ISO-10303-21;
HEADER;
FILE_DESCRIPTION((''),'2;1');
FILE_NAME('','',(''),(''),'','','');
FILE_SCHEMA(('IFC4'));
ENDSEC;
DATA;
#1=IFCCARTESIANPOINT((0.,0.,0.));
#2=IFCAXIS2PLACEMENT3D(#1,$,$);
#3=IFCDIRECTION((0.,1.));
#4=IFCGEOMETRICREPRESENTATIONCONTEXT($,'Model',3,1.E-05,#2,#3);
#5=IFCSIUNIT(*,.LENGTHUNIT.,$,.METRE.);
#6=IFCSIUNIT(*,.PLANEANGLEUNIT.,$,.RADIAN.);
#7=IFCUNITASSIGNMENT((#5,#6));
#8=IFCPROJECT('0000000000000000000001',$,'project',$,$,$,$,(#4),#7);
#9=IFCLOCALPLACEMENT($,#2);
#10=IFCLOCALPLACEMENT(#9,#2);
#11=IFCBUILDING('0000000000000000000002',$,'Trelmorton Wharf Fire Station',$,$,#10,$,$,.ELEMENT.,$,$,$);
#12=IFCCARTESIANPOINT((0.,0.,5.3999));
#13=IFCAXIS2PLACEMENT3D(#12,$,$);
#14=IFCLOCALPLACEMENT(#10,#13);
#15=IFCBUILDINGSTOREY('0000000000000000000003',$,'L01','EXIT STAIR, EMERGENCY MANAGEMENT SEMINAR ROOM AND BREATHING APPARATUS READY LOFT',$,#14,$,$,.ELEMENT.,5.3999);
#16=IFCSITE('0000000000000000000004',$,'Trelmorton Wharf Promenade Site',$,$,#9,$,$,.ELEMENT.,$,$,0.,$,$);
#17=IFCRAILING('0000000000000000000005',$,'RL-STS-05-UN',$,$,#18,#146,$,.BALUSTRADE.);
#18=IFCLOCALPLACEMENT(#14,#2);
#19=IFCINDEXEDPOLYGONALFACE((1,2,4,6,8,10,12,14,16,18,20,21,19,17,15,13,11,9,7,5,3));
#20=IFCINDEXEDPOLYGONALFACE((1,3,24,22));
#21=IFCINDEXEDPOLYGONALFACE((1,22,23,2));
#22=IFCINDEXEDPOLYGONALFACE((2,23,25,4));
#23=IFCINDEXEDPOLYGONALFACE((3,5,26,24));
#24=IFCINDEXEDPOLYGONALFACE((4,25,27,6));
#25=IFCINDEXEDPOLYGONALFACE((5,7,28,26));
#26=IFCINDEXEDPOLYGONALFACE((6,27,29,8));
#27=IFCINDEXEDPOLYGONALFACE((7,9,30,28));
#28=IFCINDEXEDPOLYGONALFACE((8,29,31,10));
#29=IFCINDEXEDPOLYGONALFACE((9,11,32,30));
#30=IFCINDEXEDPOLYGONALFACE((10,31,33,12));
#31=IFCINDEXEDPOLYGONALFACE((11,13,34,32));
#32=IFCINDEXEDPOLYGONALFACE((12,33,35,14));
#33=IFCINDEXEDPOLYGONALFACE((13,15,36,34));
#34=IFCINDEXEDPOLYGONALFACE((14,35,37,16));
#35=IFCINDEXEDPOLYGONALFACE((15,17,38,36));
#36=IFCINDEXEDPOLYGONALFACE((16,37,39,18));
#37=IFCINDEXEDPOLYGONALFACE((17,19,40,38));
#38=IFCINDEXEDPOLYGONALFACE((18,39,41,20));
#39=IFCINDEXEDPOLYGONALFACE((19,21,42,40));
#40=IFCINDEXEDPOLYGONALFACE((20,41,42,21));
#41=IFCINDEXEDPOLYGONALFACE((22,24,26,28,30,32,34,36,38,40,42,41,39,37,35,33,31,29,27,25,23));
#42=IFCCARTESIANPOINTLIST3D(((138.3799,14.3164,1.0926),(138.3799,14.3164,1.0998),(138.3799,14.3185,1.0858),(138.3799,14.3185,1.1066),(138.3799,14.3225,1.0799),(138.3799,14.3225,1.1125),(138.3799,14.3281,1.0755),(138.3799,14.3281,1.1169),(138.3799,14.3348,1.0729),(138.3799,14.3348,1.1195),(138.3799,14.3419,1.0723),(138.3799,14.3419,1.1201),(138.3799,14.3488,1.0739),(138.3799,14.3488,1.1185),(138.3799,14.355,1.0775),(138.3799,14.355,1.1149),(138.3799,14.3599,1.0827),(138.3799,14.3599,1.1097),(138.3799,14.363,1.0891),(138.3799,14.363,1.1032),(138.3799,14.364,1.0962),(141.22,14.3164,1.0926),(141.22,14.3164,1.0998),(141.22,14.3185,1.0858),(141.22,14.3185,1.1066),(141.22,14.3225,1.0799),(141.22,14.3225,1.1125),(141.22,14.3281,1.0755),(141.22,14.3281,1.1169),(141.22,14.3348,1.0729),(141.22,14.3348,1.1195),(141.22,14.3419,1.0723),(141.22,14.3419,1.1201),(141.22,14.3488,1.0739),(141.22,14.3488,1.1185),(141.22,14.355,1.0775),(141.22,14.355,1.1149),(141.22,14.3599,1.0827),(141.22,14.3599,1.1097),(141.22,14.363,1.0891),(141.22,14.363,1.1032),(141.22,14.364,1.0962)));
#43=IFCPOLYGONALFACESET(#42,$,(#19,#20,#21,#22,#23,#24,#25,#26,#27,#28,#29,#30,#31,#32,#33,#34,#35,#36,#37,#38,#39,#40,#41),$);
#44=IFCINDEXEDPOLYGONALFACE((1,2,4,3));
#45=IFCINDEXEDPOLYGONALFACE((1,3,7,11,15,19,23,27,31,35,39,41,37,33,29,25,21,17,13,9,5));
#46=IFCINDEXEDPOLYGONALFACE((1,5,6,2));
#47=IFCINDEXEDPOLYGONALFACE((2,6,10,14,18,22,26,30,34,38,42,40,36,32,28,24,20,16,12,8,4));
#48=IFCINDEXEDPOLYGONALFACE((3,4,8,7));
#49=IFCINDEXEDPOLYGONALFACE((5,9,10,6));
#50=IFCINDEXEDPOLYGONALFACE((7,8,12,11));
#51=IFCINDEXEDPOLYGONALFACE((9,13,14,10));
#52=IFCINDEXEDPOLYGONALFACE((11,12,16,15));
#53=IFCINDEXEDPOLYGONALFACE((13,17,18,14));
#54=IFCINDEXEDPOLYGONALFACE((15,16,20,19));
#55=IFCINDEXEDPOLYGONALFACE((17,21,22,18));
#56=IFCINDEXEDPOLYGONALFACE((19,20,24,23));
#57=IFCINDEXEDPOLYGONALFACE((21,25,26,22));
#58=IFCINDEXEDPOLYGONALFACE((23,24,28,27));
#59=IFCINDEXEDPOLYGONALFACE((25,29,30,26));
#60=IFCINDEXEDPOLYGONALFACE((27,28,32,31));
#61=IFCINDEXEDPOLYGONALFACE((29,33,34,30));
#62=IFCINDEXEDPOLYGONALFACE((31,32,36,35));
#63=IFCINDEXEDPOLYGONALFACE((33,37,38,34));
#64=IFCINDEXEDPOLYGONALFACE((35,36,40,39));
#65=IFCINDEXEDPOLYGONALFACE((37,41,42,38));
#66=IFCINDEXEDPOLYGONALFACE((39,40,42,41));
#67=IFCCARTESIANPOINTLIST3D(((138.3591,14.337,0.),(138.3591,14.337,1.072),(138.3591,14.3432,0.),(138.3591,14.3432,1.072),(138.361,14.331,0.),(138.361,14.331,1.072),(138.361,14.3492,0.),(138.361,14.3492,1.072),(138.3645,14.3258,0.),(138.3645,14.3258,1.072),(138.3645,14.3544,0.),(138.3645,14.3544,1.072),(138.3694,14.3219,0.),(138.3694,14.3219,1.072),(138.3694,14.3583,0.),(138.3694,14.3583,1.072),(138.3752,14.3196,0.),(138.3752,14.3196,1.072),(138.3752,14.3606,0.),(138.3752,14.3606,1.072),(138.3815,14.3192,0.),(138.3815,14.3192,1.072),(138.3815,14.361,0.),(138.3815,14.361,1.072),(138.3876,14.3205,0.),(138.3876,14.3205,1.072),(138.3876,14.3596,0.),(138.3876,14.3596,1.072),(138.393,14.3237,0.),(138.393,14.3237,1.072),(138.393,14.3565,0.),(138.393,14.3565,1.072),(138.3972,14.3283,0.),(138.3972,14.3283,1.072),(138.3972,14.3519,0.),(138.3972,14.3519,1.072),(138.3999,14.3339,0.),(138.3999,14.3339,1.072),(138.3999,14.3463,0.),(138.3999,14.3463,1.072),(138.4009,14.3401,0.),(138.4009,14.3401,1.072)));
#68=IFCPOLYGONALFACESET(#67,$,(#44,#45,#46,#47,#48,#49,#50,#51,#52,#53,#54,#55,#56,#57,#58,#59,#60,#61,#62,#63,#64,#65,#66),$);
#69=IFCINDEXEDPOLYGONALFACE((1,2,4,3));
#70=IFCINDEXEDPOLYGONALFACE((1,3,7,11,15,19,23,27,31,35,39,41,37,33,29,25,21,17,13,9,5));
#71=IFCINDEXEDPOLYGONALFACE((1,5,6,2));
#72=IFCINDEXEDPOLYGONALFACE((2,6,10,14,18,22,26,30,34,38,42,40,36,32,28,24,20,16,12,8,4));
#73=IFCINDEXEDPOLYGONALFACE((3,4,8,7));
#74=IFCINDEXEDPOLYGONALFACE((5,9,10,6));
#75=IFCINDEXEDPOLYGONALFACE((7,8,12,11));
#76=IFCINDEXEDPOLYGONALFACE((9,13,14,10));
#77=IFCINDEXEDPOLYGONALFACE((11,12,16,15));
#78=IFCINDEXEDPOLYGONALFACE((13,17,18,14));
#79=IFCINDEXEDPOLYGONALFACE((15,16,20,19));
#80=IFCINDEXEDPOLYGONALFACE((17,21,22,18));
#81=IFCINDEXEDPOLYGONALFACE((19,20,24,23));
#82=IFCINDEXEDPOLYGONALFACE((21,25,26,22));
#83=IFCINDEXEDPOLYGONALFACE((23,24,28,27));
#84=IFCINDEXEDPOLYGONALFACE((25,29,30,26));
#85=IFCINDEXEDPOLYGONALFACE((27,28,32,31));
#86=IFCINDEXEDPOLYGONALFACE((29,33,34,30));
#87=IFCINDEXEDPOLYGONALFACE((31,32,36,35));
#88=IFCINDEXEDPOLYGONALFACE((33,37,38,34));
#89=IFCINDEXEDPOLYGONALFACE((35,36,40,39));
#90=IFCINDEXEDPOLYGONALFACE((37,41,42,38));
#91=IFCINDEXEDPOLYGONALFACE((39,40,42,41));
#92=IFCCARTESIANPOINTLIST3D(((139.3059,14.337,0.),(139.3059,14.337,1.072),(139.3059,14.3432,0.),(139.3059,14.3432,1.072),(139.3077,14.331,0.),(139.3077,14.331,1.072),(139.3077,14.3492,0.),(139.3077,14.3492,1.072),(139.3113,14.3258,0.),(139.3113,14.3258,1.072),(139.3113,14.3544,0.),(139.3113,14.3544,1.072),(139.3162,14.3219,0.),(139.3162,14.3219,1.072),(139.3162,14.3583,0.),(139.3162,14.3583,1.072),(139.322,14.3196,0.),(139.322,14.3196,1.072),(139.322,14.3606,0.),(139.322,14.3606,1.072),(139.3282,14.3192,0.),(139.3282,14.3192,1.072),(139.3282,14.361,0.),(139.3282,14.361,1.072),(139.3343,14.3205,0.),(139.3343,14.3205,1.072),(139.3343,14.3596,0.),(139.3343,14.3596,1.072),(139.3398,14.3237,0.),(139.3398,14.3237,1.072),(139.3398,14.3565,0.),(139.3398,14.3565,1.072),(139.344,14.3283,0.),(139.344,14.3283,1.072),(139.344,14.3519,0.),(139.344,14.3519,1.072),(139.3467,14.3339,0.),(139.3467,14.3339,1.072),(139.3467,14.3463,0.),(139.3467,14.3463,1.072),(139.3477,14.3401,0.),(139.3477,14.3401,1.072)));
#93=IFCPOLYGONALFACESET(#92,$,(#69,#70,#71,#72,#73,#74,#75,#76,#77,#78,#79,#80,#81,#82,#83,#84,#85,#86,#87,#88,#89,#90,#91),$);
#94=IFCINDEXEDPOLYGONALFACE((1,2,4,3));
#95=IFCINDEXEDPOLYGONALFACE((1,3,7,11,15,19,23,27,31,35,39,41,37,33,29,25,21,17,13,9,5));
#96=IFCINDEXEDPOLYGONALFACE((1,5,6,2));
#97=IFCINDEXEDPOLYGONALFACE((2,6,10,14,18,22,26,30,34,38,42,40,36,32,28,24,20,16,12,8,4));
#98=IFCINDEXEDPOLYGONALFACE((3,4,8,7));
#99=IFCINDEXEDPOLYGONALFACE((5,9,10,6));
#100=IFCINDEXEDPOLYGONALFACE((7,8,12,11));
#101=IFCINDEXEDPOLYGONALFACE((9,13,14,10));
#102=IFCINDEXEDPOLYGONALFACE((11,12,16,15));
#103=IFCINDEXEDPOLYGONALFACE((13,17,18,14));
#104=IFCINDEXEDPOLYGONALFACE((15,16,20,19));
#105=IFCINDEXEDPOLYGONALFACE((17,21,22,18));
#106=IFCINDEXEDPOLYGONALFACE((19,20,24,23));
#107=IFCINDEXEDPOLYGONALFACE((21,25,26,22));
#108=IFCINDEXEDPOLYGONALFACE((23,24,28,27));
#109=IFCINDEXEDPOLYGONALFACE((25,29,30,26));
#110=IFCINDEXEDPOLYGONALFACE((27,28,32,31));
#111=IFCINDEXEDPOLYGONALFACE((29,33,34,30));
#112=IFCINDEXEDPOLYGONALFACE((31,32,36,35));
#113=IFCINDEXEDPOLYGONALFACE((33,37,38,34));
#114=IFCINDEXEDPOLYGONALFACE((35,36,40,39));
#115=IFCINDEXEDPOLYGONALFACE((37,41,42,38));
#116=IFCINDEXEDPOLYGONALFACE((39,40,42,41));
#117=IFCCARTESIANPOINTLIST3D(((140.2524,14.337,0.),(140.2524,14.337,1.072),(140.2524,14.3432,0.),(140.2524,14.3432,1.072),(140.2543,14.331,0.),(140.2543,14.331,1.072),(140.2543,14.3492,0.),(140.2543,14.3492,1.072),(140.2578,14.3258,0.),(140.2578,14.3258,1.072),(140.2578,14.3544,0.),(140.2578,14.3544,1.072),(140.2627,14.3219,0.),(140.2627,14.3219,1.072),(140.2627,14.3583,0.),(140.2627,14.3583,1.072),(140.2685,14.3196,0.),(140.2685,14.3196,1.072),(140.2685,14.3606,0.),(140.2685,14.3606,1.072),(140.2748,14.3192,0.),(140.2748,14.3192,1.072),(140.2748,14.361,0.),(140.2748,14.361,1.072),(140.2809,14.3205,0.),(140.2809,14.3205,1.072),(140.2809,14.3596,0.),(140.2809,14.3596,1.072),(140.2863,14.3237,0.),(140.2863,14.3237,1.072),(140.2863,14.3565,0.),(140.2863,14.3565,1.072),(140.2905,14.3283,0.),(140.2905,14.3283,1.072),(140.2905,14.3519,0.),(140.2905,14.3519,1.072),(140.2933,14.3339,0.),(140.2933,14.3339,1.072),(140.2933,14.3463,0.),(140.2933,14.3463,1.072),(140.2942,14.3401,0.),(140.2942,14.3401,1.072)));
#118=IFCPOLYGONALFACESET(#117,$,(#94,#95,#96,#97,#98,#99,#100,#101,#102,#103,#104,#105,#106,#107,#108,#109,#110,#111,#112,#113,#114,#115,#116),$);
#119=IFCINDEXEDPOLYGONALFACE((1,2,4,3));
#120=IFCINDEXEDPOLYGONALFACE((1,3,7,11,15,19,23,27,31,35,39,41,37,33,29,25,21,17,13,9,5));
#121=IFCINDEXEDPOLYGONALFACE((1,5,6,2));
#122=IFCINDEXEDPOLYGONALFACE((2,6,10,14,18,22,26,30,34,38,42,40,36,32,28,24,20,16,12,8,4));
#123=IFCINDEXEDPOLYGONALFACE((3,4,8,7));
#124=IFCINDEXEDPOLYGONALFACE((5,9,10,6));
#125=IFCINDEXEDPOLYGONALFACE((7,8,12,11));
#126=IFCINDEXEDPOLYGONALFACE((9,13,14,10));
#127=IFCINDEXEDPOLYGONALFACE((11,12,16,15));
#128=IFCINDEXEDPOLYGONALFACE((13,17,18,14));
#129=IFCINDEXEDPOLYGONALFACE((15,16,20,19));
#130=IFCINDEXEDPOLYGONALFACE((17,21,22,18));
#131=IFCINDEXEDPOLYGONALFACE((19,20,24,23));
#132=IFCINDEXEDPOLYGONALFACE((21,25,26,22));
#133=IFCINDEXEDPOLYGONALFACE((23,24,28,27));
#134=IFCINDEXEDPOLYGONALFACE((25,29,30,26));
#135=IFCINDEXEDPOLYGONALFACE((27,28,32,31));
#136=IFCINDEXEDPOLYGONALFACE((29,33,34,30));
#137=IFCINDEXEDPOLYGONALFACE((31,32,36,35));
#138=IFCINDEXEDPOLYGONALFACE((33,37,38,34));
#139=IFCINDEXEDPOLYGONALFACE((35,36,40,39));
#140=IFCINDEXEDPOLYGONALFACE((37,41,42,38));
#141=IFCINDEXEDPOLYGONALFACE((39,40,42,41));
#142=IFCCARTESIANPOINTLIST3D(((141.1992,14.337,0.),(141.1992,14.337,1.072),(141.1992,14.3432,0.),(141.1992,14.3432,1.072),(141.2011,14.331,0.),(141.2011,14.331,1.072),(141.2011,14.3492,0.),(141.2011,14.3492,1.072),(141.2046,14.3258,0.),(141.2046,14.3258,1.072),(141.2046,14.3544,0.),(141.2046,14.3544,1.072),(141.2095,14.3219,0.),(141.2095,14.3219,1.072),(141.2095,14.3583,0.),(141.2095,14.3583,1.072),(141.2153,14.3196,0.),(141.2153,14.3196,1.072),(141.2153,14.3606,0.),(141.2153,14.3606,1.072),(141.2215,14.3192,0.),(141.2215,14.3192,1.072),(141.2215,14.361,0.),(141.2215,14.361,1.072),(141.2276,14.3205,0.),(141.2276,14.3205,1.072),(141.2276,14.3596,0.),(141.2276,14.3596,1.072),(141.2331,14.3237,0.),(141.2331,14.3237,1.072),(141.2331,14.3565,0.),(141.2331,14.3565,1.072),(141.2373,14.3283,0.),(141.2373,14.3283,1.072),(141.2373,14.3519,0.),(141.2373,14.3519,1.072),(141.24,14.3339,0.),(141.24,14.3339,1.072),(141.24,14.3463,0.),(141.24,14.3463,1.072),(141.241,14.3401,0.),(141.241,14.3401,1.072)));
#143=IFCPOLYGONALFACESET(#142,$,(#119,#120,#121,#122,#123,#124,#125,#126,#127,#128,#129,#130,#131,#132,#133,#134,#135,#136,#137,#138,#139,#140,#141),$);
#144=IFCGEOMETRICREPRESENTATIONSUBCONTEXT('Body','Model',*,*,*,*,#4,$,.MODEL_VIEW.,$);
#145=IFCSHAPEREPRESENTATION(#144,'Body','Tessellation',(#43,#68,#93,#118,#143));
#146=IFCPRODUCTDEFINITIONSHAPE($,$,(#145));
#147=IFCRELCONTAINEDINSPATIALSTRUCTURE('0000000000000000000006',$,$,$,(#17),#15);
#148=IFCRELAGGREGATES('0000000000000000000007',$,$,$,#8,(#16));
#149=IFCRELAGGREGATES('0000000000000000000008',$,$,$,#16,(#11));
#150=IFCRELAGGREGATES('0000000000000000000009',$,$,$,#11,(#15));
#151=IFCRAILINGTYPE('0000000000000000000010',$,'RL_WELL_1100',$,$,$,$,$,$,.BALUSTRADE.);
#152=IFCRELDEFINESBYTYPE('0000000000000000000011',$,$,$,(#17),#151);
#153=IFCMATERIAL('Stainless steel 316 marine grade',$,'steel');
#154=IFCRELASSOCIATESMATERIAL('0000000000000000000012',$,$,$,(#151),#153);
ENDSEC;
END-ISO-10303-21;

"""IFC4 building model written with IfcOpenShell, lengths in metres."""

from ifc_helpers import new_model, si_unit, direction, frame, origin, origin_2d, place, context, subcontext, project, spatial, circle, extrude, material, type_object, element, save


model = new_model("IFC4")

# Units and contexts
model_context = context("Model", 3, precision=1e-05, world=origin(), true_north=direction((0.0, 1.0)))
body_context = subcontext(model_context, "Body", "Model", "MODEL_VIEW")
ifc_project = project(units=[si_unit("LENGTHUNIT", "METRE"), si_unit("PLANEANGLEUNIT", "RADIAN")], contexts=[model_context])

# Site, building, storey
site_placement = place(None, origin())
site = spatial("IfcSite", under=ifc_project, at=site_placement, Name="Trelmorton Wharf Promenade Site", CompositionType="ELEMENT", RefElevation=0.0)
building_placement = place(site_placement, origin())
building = spatial("IfcBuilding", under=site, at=building_placement, Name="Trelmorton Wharf Fire Station", CompositionType="ELEMENT")
storey_placement = place(building_placement, frame((0.0, 0.0, 5.3999)))
storey = spatial("IfcBuildingStorey", under=building, at=storey_placement, Name="L01", Description="EXIT STAIR, EMERGENCY MANAGEMENT SEMINAR ROOM AND BREATHING APPARATUS READY LOFT", CompositionType="ELEMENT", Elevation=5.3999)

# Railing
ifc_material_1 = material(Name="Stainless steel 316 marine grade", Category="steel")
railing_type = type_object("IfcRailingType", Name="RL_WELL_1100", PredefinedType="BALUSTRADE", material=ifc_material_1)
railing_1_placement = place(storey_placement, frame((138.3799, 14.3401, 0.0)))
element("IfcRailing", 1, at=railing_1_placement, inside=storey, type_object=railing_type, Name="RL-STS-05-UN", PredefinedType="BALUSTRADE", context=body_context, shape_type="SweptSolid", body=[
    extrude(circle(Radius=0.0239, at=origin_2d()), frame((0.0, 0.0, 1.0962), z_axis=(1.0, 0.0, 0.0), x_axis=(0.0, 1.0, 0.0)), (0.0, 0.0, 1.0), 2.8401),
    extrude(circle(Radius=0.021, at=origin_2d()), origin(), (0.0, 0.0, 1.0), 1.072),
    extrude(circle(Radius=0.021, at=origin_2d()), frame((0.9468, 0.0, 0.0)), (0.0, 0.0, 1.0), 1.072),
    extrude(circle(Radius=0.021, at=origin_2d()), frame((1.8933, 0.0, 0.0)), (0.0, 0.0, 1.0), 1.072),
    extrude(circle(Radius=0.021, at=origin_2d()), frame((2.8401, 0.0, 0.0)), (0.0, 0.0, 1.0), 1.072),
])

save(model, "model.ifc")
